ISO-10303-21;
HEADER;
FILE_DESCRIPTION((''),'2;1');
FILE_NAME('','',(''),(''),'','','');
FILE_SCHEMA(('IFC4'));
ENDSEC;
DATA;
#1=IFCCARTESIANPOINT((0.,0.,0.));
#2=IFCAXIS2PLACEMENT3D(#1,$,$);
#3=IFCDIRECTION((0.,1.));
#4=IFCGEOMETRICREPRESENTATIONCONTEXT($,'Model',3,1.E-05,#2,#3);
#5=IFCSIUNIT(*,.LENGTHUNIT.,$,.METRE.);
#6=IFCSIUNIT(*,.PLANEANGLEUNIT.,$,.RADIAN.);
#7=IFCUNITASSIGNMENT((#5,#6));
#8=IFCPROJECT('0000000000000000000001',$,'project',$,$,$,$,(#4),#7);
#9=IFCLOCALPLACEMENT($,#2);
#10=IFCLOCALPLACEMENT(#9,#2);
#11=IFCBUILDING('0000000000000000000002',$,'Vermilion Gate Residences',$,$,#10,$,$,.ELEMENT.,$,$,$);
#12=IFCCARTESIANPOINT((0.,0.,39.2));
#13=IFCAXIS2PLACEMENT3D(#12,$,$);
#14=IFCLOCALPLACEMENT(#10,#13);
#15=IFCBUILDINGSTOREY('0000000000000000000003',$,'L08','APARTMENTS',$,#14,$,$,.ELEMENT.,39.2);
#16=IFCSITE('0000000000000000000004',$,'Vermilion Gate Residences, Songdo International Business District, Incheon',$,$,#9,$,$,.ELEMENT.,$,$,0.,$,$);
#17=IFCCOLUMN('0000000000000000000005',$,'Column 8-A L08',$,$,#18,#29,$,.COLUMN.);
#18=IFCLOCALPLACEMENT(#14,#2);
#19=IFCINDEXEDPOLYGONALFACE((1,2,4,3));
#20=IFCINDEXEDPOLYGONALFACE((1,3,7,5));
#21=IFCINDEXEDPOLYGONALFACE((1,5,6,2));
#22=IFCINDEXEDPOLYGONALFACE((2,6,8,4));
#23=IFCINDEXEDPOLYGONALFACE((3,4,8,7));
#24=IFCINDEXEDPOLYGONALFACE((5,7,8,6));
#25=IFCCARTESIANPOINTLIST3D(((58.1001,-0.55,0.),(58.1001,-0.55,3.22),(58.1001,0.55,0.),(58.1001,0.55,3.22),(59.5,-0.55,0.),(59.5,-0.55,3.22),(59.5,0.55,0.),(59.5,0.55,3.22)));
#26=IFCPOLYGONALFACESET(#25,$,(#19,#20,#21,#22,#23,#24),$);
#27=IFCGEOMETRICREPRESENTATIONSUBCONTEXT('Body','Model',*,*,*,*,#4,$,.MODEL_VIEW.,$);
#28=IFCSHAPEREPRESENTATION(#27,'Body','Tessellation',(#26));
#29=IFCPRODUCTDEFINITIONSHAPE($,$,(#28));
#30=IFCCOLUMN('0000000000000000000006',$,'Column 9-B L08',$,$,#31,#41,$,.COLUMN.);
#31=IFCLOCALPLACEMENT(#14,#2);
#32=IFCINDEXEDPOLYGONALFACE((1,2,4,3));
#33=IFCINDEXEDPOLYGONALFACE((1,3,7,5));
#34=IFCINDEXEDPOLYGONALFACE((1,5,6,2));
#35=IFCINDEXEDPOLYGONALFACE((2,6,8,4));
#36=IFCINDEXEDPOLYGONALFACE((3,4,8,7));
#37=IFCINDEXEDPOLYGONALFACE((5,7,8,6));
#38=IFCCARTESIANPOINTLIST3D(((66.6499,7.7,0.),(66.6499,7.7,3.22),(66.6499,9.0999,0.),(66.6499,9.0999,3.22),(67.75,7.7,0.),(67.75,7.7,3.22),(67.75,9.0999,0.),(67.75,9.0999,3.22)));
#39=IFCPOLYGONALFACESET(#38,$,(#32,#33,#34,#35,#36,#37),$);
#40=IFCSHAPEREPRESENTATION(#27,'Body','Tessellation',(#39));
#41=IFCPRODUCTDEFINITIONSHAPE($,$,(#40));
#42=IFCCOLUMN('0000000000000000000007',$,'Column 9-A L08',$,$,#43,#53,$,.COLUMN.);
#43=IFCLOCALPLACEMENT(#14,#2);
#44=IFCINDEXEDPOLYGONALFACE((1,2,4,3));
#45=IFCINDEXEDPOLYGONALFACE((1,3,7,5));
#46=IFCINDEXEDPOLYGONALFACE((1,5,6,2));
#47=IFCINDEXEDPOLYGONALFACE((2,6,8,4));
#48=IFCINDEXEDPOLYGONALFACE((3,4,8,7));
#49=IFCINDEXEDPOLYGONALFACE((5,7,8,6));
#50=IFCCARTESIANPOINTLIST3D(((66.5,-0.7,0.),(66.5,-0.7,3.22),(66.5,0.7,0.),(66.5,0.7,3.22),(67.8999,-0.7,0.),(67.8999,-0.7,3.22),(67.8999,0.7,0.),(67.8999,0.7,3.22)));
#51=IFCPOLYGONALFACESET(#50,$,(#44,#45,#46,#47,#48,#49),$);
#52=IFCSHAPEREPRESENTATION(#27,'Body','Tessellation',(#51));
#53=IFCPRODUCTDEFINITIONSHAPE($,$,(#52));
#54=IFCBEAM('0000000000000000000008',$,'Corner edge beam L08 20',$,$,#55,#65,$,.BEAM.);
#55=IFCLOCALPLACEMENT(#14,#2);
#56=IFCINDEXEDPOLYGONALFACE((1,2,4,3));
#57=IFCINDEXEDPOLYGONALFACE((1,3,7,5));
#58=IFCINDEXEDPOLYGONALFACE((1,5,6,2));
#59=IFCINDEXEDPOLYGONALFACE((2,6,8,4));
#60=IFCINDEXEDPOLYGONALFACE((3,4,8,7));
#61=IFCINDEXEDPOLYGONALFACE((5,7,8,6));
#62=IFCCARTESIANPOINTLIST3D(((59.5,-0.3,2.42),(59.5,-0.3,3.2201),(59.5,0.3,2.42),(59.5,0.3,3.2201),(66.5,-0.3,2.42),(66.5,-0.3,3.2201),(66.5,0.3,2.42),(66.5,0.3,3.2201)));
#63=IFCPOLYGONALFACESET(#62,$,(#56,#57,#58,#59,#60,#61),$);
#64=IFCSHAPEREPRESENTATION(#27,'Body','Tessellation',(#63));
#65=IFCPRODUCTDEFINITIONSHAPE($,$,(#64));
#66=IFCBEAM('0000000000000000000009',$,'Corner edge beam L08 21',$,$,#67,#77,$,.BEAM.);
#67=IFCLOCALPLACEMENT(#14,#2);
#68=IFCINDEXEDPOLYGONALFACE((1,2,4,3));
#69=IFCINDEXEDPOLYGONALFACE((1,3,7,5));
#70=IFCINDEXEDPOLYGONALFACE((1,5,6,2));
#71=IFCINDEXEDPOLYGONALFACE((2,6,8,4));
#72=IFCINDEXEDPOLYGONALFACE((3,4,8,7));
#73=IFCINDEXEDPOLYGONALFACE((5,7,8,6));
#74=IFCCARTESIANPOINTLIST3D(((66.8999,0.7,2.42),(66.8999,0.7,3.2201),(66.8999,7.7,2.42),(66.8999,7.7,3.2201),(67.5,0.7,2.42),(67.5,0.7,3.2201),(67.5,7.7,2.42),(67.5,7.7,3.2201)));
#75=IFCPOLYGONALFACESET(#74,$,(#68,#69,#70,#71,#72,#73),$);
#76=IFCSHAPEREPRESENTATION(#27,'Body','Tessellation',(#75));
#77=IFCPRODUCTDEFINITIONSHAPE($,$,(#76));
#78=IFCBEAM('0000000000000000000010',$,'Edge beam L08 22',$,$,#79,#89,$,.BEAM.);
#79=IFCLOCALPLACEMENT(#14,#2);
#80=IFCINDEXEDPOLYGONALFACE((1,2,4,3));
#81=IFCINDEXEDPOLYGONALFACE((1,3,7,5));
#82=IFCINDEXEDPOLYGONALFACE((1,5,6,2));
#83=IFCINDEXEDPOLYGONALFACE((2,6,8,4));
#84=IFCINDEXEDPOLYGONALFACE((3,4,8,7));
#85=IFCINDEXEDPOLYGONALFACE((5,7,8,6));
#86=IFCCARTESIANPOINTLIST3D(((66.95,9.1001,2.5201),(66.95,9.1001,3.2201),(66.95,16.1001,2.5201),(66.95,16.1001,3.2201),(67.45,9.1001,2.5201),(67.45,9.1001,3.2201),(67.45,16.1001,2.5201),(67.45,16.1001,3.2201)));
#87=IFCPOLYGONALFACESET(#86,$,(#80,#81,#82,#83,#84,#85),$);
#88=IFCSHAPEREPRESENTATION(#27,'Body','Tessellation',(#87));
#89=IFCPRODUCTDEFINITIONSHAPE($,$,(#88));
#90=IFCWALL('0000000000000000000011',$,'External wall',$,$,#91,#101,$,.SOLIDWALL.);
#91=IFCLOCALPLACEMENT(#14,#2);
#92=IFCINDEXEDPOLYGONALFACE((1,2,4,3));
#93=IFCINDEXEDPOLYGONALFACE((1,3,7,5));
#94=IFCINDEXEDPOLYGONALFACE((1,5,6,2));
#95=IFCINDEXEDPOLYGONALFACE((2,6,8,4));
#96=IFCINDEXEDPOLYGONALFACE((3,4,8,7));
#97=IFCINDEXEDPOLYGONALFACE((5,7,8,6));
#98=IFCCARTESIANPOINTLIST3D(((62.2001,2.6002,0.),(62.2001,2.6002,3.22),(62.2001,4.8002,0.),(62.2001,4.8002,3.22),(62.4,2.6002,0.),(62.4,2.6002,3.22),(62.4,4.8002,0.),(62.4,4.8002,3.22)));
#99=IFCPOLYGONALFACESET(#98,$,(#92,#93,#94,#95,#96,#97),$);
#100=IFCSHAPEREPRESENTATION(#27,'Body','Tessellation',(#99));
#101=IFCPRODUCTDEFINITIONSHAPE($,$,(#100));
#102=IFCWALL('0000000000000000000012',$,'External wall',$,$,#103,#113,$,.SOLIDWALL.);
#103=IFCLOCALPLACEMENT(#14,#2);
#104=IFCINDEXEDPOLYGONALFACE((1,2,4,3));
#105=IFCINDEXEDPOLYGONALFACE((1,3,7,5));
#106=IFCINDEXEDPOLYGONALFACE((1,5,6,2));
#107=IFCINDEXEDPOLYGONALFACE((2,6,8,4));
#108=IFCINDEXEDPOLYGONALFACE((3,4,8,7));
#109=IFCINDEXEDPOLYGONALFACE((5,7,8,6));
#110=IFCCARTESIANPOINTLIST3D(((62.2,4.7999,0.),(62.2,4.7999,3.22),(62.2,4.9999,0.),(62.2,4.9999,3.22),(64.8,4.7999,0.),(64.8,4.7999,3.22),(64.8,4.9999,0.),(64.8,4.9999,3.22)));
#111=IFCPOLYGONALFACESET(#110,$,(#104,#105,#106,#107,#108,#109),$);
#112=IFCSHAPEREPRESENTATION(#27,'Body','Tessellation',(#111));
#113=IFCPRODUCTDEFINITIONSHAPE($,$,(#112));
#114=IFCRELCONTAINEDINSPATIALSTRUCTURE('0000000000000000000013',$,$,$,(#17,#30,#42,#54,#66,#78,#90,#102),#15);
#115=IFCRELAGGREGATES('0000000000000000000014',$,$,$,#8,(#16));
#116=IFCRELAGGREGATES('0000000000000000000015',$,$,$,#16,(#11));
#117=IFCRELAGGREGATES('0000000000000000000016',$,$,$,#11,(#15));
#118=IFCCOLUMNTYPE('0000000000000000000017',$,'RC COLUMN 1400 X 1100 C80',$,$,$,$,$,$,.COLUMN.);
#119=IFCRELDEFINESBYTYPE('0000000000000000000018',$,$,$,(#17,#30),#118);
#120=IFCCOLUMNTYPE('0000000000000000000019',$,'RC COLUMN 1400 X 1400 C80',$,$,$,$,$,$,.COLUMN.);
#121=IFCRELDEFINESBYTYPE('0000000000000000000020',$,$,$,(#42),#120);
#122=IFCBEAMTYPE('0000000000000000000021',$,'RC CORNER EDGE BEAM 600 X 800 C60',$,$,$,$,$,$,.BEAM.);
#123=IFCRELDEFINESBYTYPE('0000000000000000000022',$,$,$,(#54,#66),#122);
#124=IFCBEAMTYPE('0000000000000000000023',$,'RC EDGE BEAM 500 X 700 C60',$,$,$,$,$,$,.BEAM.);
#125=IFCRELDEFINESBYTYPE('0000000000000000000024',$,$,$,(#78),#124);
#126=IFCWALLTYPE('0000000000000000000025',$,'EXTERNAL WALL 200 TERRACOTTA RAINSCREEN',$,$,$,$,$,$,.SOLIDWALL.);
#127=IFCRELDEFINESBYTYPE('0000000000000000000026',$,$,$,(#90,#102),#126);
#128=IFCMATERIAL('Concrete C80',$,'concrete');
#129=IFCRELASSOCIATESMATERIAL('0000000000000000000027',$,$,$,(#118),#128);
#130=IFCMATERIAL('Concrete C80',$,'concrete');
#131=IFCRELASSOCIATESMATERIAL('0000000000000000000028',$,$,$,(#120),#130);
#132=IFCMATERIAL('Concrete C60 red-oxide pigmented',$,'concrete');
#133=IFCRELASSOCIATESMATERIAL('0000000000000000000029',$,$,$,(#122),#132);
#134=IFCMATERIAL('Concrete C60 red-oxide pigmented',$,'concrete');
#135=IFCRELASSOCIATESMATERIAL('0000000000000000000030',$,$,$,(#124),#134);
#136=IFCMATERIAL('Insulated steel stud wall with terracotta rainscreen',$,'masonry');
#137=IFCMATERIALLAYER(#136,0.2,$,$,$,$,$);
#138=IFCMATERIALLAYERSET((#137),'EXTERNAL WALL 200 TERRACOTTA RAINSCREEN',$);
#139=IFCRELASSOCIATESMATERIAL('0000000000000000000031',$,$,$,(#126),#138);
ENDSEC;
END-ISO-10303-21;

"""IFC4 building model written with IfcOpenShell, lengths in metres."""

from ifc_helpers import new_model, si_unit, direction, frame, frame_2d, origin, origin_2d, place, context, subcontext, project, spatial, rectangle, extrude, material, layer, layer_set, material_profile, profile_set, type_object, element, save


model = new_model("IFC4")

# Units and contexts
model_context = context("Model", 3, precision=1e-05, world=origin(), true_north=direction((0.0, 1.0)))
body_context = subcontext(model_context, "Body", "Model", "MODEL_VIEW")
ifc_project = project(units=[si_unit("LENGTHUNIT", "METRE"), si_unit("PLANEANGLEUNIT", "RADIAN")], contexts=[model_context])

# Site, building, storey
site_placement = place(None, origin())
site = spatial("IfcSite", under=ifc_project, at=site_placement, Name="Vermilion Gate Residences, Songdo International Business District, Incheon", CompositionType="ELEMENT", RefElevation=0.0)
building_placement = place(site_placement, origin())
building = spatial("IfcBuilding", under=site, at=building_placement, Name="Vermilion Gate Residences", CompositionType="ELEMENT")
storey_placement = place(building_placement, frame((0.0, 0.0, 39.2)))
storey = spatial("IfcBuildingStorey", under=building, at=storey_placement, Name="L08", Description="APARTMENTS", CompositionType="ELEMENT", Elevation=39.2)

# Columns
ifc_material_1 = material(Name="Concrete C80", Category="concrete")
ifc_material_profile_1 = material_profile(ifc_material_1, rectangle(XDim=1.3999, YDim=1.1001, at=origin_2d()), Name="RC-1400x1100")
ifc_profile_set_1 = profile_set([ifc_material_profile_1], Name="Concrete C80")
column_type_1 = type_object("IfcColumnType", Name="RC COLUMN 1400 X 1100 C80", PredefinedType="COLUMN", material=ifc_profile_set_1)
for number, where, z_axis, x_axis, name in (
    (1, (58.8, 0.0, 0.0), (0.0, 0.0, 1.0), (1.0, 0.0, 0.0), "Column 8-A L08"),
    (2, (67.2, 8.3999, 0.0), (0.0, 0.0, 1.0), (0.0, 1.0, 0.0), "Column 9-B L08"),
):
    element("IfcColumn", number, at=place(storey_placement, frame(where, z_axis=z_axis, x_axis=x_axis)), inside=storey, type_object=column_type_1, Name=name, PredefinedType="COLUMN", context=body_context, shape_type="SweptSolid", body=[
        extrude(rectangle(XDim=1.3999, YDim=1.1001, at=origin_2d()), origin(), (0.0, 0.0, 1.0), 3.22),
    ])
ifc_material_2 = material(Name="Concrete C80", Category="concrete")
ifc_material_profile_2 = material_profile(ifc_material_2, rectangle(XDim=1.3999, YDim=1.3999, at=origin_2d()), Name="RC-1400x1400")
ifc_profile_set_2 = profile_set([ifc_material_profile_2], Name="Concrete C80")
column_type_2 = type_object("IfcColumnType", Name="RC COLUMN 1400 X 1400 C80", PredefinedType="COLUMN", material=ifc_profile_set_2)
column_placement = place(storey_placement, frame((67.2, 0.0, 0.0), z_axis=(0.0, 0.0, 1.0), x_axis=(1.0, 0.0, 0.0)))
element("IfcColumn", 3, at=column_placement, inside=storey, type_object=column_type_2, Name="Column 9-A L08", PredefinedType="COLUMN", context=body_context, shape_type="SweptSolid", body=[
    extrude(rectangle(XDim=1.3999, YDim=1.3999, at=origin_2d()), origin(), (0.0, 0.0, 1.0), 3.22),
])

# Beams
ifc_material_3 = material(Name="Concrete C60 red-oxide pigmented", Category="concrete")
ifc_material_profile_3 = material_profile(ifc_material_3, rectangle(XDim=0.6001, YDim=0.8, at=origin_2d()), Name="RC-600x800")
ifc_profile_set_3 = profile_set([ifc_material_profile_3], Name="Concrete C60 red-oxide pigmented")
beam_type_1 = type_object("IfcBeamType", Name="RC CORNER EDGE BEAM 600 X 800 C60", PredefinedType="BEAM", material=ifc_profile_set_3)
for number, where, z_axis, x_axis, name in (
    (4, (59.5, 0.0, 2.8201), (1.0, 0.0, 0.0), (0.0, 1.0, 0.0), "Corner edge beam L08 20"),
    (5, (67.2, 0.7, 2.8201), (0.0, 1.0, 0.0), (-1.0, 0.0, 0.0), "Corner edge beam L08 21"),
):
    element("IfcBeam", number, at=place(storey_placement, frame(where, z_axis=z_axis, x_axis=x_axis)), inside=storey, type_object=beam_type_1, Name=name, PredefinedType="BEAM", context=body_context, shape_type="SweptSolid", body=[
        extrude(rectangle(XDim=0.6001, YDim=0.8, at=origin_2d()), origin(), (0.0, 0.0, 1.0), 7.0),
    ])
ifc_material_4 = material(Name="Concrete C60 red-oxide pigmented", Category="concrete")
ifc_material_profile_4 = material_profile(ifc_material_4, rectangle(XDim=0.5, YDim=0.7, at=origin_2d()), Name="RC-500x700")
ifc_profile_set_4 = profile_set([ifc_material_profile_4], Name="Concrete C60 red-oxide pigmented")
beam_type_2 = type_object("IfcBeamType", Name="RC EDGE BEAM 500 X 700 C60", PredefinedType="BEAM", material=ifc_profile_set_4)
beam_placement = place(storey_placement, frame((67.2, 9.1001, 2.8701), z_axis=(0.0, 1.0, 0.0), x_axis=(-1.0, 0.0, 0.0)))
element("IfcBeam", 6, at=beam_placement, inside=storey, type_object=beam_type_2, Name="Edge beam L08 22", PredefinedType="BEAM", context=body_context, shape_type="SweptSolid", body=[
    extrude(rectangle(XDim=0.5, YDim=0.7, at=origin_2d()), origin(), (0.0, 0.0, 1.0), 7.0),
])

# Walls
ifc_material_5 = material(Name="Insulated steel stud wall with terracotta rainscreen", Category="masonry")
ifc_layer_1 = layer(ifc_material_5, 0.2)
ifc_layer_set_1 = layer_set([ifc_layer_1], Name="EXTERNAL WALL 200 TERRACOTTA RAINSCREEN")
wall_type_1 = type_object("IfcWallType", Name="EXTERNAL WALL 200 TERRACOTTA RAINSCREEN", PredefinedType="SOLIDWALL", material=ifc_layer_set_1)
wall_1_placement = place(storey_placement, frame((62.3, 2.6001, 0.0), z_axis=(0.0, 0.0, 1.0), x_axis=(0.0, 1.0, 0.0)))
element("IfcWall", 7, at=wall_1_placement, inside=storey, type_object=wall_type_1, Name="External wall", PredefinedType="SOLIDWALL", context=body_context, shape_type="SweptSolid", body=[
    extrude(rectangle(XDim=2.2, YDim=0.2, at=frame_2d((1.1001, 0.0))), origin(), (0.0, 0.0, 1.0), 3.22),
])
wall_2_placement = place(storey_placement, frame((62.2, 4.8999, 0.0), z_axis=(0.0, 0.0, 1.0), x_axis=(1.0, 0.0, 0.0)))
element("IfcWall", 8, at=wall_2_placement, inside=storey, type_object=wall_type_1, Name="External wall", PredefinedType="SOLIDWALL", context=body_context, shape_type="SweptSolid", body=[
    extrude(rectangle(XDim=2.6001, YDim=0.2, at=frame_2d((1.3, 0.0))), origin(), (0.0, 0.0, 1.0), 3.22),
])

save(model, "model.ifc")
